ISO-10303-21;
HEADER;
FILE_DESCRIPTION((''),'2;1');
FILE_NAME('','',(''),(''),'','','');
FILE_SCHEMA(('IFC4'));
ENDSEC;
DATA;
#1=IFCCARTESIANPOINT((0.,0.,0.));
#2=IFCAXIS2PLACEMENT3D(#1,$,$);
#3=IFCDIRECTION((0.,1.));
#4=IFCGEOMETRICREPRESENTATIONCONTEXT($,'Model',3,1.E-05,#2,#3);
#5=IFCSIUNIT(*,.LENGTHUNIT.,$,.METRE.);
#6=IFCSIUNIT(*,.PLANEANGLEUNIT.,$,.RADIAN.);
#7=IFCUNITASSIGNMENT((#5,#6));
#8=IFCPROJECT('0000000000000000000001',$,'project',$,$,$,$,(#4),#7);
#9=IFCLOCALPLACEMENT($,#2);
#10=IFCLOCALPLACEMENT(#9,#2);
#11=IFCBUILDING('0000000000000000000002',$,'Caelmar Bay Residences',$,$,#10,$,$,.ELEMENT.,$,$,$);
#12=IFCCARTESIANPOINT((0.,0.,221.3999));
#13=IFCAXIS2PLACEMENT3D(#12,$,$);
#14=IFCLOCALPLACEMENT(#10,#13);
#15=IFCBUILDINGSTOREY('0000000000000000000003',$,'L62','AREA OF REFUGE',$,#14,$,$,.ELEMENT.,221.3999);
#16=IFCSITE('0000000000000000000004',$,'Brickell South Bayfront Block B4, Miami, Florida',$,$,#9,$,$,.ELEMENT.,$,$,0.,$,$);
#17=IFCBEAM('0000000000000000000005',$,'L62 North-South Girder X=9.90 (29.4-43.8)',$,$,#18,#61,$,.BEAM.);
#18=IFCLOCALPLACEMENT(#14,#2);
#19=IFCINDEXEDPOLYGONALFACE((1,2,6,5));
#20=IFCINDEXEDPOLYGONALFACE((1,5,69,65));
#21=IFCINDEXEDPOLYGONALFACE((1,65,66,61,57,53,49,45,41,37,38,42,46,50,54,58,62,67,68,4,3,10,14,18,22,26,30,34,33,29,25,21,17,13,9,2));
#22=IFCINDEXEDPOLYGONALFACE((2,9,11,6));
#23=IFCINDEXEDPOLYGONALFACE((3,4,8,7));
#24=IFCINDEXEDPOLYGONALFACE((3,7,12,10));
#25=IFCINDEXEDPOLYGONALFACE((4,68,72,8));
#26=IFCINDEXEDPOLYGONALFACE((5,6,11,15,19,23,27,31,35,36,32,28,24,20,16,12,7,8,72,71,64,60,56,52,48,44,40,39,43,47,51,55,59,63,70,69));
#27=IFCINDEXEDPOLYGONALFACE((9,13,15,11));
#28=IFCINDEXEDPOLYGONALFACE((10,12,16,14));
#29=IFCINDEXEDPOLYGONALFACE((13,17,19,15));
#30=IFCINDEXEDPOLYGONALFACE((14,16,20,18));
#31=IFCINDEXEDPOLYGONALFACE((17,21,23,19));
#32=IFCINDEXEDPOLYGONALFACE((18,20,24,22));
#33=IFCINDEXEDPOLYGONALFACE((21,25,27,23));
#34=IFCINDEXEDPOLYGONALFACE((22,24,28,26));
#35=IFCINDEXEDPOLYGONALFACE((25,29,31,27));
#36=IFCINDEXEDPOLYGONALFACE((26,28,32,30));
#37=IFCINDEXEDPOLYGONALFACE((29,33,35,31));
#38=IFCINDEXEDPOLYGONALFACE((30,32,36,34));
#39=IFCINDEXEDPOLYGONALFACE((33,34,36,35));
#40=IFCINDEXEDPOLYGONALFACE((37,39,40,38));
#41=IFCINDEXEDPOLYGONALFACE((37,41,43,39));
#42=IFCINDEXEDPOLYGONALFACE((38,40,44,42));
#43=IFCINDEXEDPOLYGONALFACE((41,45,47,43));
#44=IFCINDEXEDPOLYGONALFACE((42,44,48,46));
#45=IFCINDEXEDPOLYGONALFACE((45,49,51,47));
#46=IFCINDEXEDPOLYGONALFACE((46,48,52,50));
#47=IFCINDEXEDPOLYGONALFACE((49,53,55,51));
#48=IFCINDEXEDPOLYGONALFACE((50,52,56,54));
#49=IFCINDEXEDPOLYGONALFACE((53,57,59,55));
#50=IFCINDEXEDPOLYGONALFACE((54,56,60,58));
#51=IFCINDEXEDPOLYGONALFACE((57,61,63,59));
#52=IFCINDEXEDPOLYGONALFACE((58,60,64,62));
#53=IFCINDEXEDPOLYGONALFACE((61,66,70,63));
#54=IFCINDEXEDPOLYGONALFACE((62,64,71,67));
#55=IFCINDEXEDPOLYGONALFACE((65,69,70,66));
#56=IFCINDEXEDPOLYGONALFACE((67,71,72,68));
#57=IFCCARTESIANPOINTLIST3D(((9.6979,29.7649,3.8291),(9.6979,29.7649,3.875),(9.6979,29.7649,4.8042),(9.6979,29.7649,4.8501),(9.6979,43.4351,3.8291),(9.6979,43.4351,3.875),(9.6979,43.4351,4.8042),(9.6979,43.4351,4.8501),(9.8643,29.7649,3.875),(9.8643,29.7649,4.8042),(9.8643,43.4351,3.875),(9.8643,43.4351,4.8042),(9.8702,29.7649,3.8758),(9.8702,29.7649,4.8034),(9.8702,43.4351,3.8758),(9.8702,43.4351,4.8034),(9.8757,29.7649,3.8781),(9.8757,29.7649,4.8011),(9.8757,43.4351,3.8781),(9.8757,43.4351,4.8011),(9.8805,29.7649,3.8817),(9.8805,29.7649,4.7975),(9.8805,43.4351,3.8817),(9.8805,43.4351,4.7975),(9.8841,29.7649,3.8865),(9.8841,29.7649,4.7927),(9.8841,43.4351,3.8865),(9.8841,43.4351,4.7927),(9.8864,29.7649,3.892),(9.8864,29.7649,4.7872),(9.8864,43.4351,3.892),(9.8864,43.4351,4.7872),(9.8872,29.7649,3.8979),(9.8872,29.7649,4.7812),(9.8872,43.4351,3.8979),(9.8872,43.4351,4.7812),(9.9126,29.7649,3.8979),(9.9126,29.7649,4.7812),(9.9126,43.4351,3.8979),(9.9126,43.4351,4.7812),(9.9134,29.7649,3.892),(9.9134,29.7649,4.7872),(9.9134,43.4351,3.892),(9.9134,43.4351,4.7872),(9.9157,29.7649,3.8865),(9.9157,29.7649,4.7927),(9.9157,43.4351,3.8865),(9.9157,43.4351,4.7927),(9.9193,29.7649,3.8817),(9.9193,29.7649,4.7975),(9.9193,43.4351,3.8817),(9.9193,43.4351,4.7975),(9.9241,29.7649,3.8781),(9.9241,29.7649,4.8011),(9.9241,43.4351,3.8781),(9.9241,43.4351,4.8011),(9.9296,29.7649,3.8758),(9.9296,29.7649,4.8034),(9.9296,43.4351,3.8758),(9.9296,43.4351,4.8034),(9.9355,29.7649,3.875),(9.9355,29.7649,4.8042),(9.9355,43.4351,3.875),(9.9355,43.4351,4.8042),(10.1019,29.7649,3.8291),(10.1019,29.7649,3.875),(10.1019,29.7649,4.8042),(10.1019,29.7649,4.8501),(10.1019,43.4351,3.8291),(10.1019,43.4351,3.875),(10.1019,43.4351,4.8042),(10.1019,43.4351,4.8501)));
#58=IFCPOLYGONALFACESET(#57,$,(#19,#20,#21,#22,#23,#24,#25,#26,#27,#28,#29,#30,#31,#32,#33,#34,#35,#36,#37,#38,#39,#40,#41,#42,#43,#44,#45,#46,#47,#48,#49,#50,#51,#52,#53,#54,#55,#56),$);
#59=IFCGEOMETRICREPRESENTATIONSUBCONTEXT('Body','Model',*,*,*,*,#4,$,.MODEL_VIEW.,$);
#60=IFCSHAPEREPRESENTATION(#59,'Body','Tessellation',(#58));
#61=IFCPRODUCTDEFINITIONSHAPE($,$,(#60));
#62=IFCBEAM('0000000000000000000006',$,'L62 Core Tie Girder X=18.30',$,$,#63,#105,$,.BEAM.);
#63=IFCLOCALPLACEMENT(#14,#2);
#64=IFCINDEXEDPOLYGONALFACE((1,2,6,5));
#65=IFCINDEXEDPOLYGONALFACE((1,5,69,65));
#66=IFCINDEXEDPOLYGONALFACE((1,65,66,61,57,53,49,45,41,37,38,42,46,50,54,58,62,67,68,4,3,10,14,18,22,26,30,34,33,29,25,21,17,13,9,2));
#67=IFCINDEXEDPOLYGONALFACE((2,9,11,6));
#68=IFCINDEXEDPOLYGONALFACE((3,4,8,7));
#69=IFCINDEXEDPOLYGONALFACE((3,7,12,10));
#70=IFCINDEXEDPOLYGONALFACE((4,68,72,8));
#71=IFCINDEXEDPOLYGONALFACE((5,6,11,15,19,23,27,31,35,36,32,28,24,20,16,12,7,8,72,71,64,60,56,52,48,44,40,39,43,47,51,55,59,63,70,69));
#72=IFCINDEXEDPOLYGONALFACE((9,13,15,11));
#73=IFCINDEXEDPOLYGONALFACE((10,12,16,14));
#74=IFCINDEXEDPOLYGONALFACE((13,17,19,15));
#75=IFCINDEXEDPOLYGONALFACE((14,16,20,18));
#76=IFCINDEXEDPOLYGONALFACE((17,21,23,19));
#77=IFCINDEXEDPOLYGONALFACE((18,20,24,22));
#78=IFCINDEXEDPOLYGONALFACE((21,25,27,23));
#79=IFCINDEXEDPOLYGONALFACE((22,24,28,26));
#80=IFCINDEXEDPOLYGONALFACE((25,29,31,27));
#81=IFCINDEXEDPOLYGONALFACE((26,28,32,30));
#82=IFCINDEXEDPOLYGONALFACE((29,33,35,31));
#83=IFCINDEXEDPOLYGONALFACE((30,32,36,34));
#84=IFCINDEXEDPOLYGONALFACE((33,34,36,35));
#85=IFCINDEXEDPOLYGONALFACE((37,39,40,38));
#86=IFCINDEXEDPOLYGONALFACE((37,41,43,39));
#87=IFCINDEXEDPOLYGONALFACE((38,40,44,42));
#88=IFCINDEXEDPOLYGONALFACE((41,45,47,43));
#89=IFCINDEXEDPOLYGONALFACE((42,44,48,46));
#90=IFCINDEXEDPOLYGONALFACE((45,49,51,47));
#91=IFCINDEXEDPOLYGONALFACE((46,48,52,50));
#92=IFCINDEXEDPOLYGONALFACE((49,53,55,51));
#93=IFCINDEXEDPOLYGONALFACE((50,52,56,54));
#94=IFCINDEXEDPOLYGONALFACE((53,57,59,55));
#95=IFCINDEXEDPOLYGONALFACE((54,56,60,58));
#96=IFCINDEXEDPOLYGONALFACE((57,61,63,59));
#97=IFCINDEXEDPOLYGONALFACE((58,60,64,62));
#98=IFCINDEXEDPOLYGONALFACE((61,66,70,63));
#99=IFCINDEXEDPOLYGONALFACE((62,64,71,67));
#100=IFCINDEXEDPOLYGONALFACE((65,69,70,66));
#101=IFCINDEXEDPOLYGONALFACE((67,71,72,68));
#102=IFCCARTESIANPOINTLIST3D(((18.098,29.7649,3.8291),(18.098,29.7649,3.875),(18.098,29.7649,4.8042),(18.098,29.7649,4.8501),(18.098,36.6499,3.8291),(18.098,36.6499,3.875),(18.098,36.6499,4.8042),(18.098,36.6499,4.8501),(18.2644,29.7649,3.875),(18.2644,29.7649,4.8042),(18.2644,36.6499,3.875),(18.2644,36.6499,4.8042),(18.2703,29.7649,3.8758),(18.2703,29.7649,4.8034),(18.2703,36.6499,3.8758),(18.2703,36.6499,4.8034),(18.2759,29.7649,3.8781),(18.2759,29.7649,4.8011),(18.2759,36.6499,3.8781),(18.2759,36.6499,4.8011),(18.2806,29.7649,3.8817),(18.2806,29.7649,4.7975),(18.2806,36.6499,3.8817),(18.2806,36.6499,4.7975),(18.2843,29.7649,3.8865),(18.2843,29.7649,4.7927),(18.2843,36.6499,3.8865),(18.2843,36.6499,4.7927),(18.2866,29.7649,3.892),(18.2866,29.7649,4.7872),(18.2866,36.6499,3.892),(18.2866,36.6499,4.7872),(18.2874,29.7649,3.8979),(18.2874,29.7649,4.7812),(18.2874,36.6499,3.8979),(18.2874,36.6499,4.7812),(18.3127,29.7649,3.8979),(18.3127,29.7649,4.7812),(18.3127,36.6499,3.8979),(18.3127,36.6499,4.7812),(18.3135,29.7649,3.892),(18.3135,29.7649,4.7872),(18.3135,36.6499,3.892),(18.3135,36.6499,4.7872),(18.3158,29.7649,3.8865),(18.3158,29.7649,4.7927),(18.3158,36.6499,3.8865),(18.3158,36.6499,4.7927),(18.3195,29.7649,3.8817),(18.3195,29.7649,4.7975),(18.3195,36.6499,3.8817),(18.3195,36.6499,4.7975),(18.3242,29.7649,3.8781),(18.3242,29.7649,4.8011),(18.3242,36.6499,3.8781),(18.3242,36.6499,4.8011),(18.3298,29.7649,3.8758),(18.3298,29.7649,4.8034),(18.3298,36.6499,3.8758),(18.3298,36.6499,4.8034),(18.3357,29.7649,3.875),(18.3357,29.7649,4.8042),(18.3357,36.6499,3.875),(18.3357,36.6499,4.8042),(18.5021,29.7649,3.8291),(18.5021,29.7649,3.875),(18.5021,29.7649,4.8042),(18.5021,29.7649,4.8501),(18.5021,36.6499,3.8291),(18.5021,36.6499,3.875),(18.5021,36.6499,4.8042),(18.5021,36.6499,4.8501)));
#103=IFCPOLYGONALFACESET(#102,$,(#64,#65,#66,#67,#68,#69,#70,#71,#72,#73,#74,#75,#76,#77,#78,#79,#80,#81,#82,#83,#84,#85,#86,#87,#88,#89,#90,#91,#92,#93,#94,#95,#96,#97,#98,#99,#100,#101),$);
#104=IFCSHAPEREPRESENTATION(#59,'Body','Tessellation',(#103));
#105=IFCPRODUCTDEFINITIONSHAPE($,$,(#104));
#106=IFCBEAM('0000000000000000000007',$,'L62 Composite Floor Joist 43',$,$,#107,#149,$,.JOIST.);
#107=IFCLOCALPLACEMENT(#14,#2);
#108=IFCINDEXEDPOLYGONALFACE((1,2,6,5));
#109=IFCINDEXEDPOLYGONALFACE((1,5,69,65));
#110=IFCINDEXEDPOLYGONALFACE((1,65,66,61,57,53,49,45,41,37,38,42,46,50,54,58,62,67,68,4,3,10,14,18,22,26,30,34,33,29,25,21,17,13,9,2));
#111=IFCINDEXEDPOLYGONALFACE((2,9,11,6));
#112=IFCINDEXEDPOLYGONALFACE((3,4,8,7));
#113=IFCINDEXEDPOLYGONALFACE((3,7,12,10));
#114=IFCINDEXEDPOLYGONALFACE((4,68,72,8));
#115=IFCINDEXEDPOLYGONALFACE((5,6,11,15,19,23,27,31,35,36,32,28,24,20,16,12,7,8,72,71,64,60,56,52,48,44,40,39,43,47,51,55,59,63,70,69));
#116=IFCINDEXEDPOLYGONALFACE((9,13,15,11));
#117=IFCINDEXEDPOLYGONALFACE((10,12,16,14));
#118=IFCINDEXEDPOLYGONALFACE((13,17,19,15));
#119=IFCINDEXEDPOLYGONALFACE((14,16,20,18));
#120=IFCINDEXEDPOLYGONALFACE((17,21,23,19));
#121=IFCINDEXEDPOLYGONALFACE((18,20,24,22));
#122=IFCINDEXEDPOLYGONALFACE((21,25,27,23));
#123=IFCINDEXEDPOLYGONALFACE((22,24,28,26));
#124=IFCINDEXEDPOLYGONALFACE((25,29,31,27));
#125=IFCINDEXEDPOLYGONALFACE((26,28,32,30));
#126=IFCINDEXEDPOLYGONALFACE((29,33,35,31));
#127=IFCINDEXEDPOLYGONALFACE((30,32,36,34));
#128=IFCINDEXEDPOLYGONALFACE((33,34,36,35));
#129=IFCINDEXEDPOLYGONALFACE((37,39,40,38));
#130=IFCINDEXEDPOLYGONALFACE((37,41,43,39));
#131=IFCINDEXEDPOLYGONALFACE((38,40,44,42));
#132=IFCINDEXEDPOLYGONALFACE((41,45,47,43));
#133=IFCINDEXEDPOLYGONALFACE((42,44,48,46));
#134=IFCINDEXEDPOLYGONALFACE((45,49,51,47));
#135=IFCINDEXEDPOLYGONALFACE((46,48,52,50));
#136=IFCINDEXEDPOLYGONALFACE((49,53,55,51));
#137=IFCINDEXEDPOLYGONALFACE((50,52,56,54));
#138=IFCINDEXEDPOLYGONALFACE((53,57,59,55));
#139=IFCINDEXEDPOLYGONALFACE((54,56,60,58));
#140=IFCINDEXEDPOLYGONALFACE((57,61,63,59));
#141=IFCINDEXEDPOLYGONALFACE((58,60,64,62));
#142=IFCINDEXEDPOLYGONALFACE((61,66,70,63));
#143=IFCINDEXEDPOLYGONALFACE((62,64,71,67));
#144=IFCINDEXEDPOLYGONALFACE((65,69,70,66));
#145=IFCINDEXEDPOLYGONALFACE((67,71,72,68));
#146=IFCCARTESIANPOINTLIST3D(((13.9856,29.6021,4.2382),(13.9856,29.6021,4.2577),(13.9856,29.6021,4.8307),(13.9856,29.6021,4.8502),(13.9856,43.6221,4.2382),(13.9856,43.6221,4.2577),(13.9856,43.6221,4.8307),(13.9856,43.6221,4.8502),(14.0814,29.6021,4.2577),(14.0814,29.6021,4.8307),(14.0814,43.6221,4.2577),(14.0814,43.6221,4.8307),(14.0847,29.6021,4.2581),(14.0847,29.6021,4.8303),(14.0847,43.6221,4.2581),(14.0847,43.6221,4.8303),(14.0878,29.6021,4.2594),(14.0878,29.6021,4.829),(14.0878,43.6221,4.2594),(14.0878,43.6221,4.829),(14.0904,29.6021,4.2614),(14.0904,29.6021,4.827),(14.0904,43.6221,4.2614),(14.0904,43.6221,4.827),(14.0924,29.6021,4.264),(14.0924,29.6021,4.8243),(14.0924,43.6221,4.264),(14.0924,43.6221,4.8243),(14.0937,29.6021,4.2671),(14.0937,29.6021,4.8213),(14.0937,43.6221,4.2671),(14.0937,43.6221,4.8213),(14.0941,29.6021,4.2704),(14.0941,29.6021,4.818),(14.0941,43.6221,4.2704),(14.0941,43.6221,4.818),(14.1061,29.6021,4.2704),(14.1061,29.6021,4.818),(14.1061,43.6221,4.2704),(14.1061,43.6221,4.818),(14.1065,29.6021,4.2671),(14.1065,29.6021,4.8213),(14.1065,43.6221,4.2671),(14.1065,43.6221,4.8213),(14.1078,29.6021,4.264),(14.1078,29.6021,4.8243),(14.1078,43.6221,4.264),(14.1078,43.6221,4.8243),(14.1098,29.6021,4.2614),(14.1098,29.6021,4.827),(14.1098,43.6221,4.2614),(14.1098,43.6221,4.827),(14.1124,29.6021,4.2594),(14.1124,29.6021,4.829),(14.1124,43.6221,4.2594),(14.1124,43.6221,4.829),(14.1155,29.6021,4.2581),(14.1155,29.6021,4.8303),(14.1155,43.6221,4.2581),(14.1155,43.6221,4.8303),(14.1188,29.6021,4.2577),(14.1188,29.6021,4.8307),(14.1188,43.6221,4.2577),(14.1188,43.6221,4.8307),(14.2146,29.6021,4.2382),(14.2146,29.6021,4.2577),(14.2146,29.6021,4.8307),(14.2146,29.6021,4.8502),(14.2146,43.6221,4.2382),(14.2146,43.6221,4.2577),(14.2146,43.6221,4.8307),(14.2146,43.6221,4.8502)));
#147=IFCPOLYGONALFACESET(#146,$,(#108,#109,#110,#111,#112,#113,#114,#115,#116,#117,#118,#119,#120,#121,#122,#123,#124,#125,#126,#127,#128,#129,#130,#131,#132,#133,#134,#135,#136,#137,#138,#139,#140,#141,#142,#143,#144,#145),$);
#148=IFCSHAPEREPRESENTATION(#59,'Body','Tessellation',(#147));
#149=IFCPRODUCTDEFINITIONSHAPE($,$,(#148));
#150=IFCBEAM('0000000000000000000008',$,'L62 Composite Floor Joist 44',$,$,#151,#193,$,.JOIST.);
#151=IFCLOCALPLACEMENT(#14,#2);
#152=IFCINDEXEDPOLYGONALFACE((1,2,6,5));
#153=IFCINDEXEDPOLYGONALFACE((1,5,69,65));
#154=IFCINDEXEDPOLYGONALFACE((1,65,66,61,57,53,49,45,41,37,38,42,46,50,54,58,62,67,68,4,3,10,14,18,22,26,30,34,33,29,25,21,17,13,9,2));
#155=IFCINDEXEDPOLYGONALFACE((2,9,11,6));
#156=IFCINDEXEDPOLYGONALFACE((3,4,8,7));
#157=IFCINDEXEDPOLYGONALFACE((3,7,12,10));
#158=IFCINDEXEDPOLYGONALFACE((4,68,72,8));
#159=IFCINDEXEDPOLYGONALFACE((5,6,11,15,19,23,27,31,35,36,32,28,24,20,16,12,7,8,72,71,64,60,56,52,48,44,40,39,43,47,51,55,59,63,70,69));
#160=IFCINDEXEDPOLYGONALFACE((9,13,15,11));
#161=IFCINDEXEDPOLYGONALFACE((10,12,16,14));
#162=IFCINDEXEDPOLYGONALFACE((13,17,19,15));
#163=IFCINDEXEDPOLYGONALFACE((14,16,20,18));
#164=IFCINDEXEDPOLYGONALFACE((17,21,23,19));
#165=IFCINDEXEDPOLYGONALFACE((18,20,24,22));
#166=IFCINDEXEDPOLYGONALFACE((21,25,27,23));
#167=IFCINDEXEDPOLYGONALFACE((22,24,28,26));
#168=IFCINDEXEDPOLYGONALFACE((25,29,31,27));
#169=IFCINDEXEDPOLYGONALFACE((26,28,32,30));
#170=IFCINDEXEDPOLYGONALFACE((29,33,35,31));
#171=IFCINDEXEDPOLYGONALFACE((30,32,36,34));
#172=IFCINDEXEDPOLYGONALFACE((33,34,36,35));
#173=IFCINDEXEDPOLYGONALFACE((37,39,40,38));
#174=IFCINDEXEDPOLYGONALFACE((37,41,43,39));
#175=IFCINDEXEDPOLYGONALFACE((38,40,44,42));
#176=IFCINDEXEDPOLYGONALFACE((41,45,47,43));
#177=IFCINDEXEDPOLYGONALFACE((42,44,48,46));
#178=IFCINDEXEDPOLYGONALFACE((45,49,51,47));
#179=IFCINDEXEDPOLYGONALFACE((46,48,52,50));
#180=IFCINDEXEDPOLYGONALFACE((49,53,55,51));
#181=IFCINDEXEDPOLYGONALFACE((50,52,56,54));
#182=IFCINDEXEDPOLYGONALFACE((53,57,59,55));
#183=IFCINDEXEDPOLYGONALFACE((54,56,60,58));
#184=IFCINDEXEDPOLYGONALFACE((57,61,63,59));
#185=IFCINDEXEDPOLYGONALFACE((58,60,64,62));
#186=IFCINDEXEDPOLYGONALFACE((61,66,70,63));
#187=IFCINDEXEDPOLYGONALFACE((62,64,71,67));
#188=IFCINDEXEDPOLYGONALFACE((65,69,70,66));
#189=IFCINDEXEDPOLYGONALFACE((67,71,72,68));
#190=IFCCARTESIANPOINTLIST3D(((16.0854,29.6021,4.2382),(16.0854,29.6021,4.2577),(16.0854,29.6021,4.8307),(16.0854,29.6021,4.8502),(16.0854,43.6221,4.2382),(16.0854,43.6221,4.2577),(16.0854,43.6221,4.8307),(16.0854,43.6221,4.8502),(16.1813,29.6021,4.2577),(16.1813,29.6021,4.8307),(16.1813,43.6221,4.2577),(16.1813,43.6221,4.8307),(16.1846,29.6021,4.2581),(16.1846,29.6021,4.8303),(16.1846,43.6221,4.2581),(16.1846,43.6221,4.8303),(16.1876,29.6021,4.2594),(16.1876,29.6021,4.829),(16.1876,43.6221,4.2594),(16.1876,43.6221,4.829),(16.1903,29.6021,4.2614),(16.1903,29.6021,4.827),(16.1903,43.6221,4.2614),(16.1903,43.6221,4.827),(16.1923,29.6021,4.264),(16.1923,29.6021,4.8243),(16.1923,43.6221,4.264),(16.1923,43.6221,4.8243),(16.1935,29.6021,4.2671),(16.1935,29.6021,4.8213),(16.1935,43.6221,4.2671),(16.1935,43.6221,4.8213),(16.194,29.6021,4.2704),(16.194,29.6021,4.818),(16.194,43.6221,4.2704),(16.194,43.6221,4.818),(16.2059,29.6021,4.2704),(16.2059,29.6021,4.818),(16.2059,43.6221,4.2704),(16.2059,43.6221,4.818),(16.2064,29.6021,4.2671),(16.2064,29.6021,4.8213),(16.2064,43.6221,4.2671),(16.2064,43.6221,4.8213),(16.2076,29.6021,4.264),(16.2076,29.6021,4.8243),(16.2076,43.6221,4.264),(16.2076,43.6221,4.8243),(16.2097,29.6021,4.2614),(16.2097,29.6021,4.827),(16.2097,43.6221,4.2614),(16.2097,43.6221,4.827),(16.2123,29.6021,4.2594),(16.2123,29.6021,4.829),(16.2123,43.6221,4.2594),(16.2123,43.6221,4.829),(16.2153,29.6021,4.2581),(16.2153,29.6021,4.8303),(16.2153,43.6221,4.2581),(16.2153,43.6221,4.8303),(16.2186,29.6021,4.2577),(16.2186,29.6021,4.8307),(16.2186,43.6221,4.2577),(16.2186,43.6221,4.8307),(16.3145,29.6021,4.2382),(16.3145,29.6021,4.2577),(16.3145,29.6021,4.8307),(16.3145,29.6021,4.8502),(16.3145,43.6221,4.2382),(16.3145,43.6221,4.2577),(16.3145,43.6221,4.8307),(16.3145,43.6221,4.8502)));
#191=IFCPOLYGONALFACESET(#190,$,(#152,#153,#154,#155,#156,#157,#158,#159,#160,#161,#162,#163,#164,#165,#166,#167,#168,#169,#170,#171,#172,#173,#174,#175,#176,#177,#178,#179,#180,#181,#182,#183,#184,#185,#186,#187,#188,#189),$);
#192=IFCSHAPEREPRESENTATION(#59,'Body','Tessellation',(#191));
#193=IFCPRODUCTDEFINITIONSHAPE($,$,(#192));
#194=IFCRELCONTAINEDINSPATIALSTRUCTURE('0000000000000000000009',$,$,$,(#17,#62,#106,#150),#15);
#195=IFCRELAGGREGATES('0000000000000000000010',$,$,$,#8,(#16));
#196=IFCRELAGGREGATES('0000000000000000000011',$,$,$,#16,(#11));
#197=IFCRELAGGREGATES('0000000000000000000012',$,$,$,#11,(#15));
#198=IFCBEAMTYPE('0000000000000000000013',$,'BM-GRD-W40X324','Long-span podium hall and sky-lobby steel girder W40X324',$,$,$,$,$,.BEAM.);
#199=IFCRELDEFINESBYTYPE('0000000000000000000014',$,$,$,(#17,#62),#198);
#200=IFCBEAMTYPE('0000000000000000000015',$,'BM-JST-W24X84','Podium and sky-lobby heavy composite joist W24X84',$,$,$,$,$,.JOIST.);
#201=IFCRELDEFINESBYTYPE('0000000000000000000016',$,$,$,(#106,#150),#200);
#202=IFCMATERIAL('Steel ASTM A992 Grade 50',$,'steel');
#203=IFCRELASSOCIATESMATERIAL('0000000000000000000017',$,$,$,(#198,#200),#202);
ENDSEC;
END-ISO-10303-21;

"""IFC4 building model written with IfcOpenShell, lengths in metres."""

from ifc_helpers import new_model, si_unit, direction, frame, origin, origin_2d, place, context, subcontext, project, spatial, i_section, extrude, material, material_profile, profile_set, type_object, element, save


model = new_model("IFC4")

# Units and contexts
model_context = context("Model", 3, precision=1e-05, world=origin(), true_north=direction((0.0, 1.0)))
body_context = subcontext(model_context, "Body", "Model", "MODEL_VIEW")
ifc_project = project(units=[si_unit("LENGTHUNIT", "METRE"), si_unit("PLANEANGLEUNIT", "RADIAN")], contexts=[model_context])

# Site, building, storey
site_placement = place(None, origin())
site = spatial("IfcSite", under=ifc_project, at=site_placement, Name="Brickell South Bayfront Block B4, Miami, Florida", CompositionType="ELEMENT", RefElevation=0.0)
building_placement = place(site_placement, origin())
building = spatial("IfcBuilding", under=site, at=building_placement, Name="Caelmar Bay Residences", CompositionType="ELEMENT")
storey_placement = place(building_placement, frame((0.0, 0.0, 221.3999)))
storey = spatial("IfcBuildingStorey", under=building, at=storey_placement, Name="L62", Description="AREA OF REFUGE", CompositionType="ELEMENT", Elevation=221.3999)

# Beams
ifc_material_1 = material(Name="Steel ASTM A992 Grade 50", Category="steel")
ifc_material_profile_1 = material_profile(ifc_material_1, i_section(OverallWidth=0.4041, OverallDepth=1.021, WebThickness=0.0254, FlangeThickness=0.0459, FilletRadius=0.0229, at=origin_2d()), Name="W40X324")
ifc_profile_set_1 = profile_set([ifc_material_profile_1], Name="Steel ASTM A992 Grade 50")
beam_type_1 = type_object("IfcBeamType", Name="BM-GRD-W40X324", Description="Long-span podium hall and sky-lobby steel girder W40X324", PredefinedType="BEAM", material=ifc_profile_set_1)
beam_1_placement = place(storey_placement, frame((9.8999, 29.7649, 4.3396), z_axis=(0.0, 1.0, 0.0), x_axis=(-1.0, 0.0, 0.0)))
element("IfcBeam", 1, at=beam_1_placement, inside=storey, type_object=beam_type_1, Name="L62 North-South Girder X=9.90 (29.4-43.8)", PredefinedType="BEAM", context=body_context, shape_type="SweptSolid", body=[
    extrude(i_section(OverallWidth=0.4041, OverallDepth=1.021, WebThickness=0.0254, FlangeThickness=0.0459, FilletRadius=0.0229, at=origin_2d()), origin(), (0.0, 0.0, 1.0), 13.6702),
])
beam_2_placement = place(storey_placement, frame((18.3, 29.7649, 4.3396), z_axis=(0.0, 1.0, 0.0), x_axis=(-1.0, 0.0, 0.0)))
element("IfcBeam", 2, at=beam_2_placement, inside=storey, type_object=beam_type_1, Name="L62 Core Tie Girder X=18.30", PredefinedType="BEAM", context=body_context, shape_type="SweptSolid", body=[
    extrude(i_section(OverallWidth=0.4041, OverallDepth=1.021, WebThickness=0.0254, FlangeThickness=0.0459, FilletRadius=0.0229, at=origin_2d()), origin(), (0.0, 0.0, 1.0), 6.885),
])
ifc_material_profile_2 = material_profile(ifc_material_1, i_section(OverallWidth=0.229, OverallDepth=0.6121, WebThickness=0.012, FlangeThickness=0.0195, FilletRadius=0.0127, at=origin_2d()), Name="W24X84")
ifc_profile_set_2 = profile_set([ifc_material_profile_2], Name="Steel ASTM A992 Grade 50")
beam_type_2 = type_object("IfcBeamType", Name="BM-JST-W24X84", Description="Podium and sky-lobby heavy composite joist W24X84", PredefinedType="JOIST", material=ifc_profile_set_2)
for number, where, z_axis, x_axis, name in (
    (3, (14.1001, 29.6021, 4.5442), (0.0, 1.0, 0.0), (-1.0, 0.0, 0.0), "L62 Composite Floor Joist 43"),
    (4, (16.2, 29.6021, 4.5442), (0.0, 1.0, 0.0), (-1.0, 0.0, 0.0), "L62 Composite Floor Joist 44"),
):
    element("IfcBeam", number, at=place(storey_placement, frame(where, z_axis=z_axis, x_axis=x_axis)), inside=storey, type_object=beam_type_2, Name=name, PredefinedType="JOIST", context=body_context, shape_type="SweptSolid", body=[
        extrude(i_section(OverallWidth=0.229, OverallDepth=0.6121, WebThickness=0.012, FlangeThickness=0.0195, FilletRadius=0.0127, at=origin_2d()), origin(), (0.0, 0.0, 1.0), 14.02),
    ])

save(model, "model.ifc")
